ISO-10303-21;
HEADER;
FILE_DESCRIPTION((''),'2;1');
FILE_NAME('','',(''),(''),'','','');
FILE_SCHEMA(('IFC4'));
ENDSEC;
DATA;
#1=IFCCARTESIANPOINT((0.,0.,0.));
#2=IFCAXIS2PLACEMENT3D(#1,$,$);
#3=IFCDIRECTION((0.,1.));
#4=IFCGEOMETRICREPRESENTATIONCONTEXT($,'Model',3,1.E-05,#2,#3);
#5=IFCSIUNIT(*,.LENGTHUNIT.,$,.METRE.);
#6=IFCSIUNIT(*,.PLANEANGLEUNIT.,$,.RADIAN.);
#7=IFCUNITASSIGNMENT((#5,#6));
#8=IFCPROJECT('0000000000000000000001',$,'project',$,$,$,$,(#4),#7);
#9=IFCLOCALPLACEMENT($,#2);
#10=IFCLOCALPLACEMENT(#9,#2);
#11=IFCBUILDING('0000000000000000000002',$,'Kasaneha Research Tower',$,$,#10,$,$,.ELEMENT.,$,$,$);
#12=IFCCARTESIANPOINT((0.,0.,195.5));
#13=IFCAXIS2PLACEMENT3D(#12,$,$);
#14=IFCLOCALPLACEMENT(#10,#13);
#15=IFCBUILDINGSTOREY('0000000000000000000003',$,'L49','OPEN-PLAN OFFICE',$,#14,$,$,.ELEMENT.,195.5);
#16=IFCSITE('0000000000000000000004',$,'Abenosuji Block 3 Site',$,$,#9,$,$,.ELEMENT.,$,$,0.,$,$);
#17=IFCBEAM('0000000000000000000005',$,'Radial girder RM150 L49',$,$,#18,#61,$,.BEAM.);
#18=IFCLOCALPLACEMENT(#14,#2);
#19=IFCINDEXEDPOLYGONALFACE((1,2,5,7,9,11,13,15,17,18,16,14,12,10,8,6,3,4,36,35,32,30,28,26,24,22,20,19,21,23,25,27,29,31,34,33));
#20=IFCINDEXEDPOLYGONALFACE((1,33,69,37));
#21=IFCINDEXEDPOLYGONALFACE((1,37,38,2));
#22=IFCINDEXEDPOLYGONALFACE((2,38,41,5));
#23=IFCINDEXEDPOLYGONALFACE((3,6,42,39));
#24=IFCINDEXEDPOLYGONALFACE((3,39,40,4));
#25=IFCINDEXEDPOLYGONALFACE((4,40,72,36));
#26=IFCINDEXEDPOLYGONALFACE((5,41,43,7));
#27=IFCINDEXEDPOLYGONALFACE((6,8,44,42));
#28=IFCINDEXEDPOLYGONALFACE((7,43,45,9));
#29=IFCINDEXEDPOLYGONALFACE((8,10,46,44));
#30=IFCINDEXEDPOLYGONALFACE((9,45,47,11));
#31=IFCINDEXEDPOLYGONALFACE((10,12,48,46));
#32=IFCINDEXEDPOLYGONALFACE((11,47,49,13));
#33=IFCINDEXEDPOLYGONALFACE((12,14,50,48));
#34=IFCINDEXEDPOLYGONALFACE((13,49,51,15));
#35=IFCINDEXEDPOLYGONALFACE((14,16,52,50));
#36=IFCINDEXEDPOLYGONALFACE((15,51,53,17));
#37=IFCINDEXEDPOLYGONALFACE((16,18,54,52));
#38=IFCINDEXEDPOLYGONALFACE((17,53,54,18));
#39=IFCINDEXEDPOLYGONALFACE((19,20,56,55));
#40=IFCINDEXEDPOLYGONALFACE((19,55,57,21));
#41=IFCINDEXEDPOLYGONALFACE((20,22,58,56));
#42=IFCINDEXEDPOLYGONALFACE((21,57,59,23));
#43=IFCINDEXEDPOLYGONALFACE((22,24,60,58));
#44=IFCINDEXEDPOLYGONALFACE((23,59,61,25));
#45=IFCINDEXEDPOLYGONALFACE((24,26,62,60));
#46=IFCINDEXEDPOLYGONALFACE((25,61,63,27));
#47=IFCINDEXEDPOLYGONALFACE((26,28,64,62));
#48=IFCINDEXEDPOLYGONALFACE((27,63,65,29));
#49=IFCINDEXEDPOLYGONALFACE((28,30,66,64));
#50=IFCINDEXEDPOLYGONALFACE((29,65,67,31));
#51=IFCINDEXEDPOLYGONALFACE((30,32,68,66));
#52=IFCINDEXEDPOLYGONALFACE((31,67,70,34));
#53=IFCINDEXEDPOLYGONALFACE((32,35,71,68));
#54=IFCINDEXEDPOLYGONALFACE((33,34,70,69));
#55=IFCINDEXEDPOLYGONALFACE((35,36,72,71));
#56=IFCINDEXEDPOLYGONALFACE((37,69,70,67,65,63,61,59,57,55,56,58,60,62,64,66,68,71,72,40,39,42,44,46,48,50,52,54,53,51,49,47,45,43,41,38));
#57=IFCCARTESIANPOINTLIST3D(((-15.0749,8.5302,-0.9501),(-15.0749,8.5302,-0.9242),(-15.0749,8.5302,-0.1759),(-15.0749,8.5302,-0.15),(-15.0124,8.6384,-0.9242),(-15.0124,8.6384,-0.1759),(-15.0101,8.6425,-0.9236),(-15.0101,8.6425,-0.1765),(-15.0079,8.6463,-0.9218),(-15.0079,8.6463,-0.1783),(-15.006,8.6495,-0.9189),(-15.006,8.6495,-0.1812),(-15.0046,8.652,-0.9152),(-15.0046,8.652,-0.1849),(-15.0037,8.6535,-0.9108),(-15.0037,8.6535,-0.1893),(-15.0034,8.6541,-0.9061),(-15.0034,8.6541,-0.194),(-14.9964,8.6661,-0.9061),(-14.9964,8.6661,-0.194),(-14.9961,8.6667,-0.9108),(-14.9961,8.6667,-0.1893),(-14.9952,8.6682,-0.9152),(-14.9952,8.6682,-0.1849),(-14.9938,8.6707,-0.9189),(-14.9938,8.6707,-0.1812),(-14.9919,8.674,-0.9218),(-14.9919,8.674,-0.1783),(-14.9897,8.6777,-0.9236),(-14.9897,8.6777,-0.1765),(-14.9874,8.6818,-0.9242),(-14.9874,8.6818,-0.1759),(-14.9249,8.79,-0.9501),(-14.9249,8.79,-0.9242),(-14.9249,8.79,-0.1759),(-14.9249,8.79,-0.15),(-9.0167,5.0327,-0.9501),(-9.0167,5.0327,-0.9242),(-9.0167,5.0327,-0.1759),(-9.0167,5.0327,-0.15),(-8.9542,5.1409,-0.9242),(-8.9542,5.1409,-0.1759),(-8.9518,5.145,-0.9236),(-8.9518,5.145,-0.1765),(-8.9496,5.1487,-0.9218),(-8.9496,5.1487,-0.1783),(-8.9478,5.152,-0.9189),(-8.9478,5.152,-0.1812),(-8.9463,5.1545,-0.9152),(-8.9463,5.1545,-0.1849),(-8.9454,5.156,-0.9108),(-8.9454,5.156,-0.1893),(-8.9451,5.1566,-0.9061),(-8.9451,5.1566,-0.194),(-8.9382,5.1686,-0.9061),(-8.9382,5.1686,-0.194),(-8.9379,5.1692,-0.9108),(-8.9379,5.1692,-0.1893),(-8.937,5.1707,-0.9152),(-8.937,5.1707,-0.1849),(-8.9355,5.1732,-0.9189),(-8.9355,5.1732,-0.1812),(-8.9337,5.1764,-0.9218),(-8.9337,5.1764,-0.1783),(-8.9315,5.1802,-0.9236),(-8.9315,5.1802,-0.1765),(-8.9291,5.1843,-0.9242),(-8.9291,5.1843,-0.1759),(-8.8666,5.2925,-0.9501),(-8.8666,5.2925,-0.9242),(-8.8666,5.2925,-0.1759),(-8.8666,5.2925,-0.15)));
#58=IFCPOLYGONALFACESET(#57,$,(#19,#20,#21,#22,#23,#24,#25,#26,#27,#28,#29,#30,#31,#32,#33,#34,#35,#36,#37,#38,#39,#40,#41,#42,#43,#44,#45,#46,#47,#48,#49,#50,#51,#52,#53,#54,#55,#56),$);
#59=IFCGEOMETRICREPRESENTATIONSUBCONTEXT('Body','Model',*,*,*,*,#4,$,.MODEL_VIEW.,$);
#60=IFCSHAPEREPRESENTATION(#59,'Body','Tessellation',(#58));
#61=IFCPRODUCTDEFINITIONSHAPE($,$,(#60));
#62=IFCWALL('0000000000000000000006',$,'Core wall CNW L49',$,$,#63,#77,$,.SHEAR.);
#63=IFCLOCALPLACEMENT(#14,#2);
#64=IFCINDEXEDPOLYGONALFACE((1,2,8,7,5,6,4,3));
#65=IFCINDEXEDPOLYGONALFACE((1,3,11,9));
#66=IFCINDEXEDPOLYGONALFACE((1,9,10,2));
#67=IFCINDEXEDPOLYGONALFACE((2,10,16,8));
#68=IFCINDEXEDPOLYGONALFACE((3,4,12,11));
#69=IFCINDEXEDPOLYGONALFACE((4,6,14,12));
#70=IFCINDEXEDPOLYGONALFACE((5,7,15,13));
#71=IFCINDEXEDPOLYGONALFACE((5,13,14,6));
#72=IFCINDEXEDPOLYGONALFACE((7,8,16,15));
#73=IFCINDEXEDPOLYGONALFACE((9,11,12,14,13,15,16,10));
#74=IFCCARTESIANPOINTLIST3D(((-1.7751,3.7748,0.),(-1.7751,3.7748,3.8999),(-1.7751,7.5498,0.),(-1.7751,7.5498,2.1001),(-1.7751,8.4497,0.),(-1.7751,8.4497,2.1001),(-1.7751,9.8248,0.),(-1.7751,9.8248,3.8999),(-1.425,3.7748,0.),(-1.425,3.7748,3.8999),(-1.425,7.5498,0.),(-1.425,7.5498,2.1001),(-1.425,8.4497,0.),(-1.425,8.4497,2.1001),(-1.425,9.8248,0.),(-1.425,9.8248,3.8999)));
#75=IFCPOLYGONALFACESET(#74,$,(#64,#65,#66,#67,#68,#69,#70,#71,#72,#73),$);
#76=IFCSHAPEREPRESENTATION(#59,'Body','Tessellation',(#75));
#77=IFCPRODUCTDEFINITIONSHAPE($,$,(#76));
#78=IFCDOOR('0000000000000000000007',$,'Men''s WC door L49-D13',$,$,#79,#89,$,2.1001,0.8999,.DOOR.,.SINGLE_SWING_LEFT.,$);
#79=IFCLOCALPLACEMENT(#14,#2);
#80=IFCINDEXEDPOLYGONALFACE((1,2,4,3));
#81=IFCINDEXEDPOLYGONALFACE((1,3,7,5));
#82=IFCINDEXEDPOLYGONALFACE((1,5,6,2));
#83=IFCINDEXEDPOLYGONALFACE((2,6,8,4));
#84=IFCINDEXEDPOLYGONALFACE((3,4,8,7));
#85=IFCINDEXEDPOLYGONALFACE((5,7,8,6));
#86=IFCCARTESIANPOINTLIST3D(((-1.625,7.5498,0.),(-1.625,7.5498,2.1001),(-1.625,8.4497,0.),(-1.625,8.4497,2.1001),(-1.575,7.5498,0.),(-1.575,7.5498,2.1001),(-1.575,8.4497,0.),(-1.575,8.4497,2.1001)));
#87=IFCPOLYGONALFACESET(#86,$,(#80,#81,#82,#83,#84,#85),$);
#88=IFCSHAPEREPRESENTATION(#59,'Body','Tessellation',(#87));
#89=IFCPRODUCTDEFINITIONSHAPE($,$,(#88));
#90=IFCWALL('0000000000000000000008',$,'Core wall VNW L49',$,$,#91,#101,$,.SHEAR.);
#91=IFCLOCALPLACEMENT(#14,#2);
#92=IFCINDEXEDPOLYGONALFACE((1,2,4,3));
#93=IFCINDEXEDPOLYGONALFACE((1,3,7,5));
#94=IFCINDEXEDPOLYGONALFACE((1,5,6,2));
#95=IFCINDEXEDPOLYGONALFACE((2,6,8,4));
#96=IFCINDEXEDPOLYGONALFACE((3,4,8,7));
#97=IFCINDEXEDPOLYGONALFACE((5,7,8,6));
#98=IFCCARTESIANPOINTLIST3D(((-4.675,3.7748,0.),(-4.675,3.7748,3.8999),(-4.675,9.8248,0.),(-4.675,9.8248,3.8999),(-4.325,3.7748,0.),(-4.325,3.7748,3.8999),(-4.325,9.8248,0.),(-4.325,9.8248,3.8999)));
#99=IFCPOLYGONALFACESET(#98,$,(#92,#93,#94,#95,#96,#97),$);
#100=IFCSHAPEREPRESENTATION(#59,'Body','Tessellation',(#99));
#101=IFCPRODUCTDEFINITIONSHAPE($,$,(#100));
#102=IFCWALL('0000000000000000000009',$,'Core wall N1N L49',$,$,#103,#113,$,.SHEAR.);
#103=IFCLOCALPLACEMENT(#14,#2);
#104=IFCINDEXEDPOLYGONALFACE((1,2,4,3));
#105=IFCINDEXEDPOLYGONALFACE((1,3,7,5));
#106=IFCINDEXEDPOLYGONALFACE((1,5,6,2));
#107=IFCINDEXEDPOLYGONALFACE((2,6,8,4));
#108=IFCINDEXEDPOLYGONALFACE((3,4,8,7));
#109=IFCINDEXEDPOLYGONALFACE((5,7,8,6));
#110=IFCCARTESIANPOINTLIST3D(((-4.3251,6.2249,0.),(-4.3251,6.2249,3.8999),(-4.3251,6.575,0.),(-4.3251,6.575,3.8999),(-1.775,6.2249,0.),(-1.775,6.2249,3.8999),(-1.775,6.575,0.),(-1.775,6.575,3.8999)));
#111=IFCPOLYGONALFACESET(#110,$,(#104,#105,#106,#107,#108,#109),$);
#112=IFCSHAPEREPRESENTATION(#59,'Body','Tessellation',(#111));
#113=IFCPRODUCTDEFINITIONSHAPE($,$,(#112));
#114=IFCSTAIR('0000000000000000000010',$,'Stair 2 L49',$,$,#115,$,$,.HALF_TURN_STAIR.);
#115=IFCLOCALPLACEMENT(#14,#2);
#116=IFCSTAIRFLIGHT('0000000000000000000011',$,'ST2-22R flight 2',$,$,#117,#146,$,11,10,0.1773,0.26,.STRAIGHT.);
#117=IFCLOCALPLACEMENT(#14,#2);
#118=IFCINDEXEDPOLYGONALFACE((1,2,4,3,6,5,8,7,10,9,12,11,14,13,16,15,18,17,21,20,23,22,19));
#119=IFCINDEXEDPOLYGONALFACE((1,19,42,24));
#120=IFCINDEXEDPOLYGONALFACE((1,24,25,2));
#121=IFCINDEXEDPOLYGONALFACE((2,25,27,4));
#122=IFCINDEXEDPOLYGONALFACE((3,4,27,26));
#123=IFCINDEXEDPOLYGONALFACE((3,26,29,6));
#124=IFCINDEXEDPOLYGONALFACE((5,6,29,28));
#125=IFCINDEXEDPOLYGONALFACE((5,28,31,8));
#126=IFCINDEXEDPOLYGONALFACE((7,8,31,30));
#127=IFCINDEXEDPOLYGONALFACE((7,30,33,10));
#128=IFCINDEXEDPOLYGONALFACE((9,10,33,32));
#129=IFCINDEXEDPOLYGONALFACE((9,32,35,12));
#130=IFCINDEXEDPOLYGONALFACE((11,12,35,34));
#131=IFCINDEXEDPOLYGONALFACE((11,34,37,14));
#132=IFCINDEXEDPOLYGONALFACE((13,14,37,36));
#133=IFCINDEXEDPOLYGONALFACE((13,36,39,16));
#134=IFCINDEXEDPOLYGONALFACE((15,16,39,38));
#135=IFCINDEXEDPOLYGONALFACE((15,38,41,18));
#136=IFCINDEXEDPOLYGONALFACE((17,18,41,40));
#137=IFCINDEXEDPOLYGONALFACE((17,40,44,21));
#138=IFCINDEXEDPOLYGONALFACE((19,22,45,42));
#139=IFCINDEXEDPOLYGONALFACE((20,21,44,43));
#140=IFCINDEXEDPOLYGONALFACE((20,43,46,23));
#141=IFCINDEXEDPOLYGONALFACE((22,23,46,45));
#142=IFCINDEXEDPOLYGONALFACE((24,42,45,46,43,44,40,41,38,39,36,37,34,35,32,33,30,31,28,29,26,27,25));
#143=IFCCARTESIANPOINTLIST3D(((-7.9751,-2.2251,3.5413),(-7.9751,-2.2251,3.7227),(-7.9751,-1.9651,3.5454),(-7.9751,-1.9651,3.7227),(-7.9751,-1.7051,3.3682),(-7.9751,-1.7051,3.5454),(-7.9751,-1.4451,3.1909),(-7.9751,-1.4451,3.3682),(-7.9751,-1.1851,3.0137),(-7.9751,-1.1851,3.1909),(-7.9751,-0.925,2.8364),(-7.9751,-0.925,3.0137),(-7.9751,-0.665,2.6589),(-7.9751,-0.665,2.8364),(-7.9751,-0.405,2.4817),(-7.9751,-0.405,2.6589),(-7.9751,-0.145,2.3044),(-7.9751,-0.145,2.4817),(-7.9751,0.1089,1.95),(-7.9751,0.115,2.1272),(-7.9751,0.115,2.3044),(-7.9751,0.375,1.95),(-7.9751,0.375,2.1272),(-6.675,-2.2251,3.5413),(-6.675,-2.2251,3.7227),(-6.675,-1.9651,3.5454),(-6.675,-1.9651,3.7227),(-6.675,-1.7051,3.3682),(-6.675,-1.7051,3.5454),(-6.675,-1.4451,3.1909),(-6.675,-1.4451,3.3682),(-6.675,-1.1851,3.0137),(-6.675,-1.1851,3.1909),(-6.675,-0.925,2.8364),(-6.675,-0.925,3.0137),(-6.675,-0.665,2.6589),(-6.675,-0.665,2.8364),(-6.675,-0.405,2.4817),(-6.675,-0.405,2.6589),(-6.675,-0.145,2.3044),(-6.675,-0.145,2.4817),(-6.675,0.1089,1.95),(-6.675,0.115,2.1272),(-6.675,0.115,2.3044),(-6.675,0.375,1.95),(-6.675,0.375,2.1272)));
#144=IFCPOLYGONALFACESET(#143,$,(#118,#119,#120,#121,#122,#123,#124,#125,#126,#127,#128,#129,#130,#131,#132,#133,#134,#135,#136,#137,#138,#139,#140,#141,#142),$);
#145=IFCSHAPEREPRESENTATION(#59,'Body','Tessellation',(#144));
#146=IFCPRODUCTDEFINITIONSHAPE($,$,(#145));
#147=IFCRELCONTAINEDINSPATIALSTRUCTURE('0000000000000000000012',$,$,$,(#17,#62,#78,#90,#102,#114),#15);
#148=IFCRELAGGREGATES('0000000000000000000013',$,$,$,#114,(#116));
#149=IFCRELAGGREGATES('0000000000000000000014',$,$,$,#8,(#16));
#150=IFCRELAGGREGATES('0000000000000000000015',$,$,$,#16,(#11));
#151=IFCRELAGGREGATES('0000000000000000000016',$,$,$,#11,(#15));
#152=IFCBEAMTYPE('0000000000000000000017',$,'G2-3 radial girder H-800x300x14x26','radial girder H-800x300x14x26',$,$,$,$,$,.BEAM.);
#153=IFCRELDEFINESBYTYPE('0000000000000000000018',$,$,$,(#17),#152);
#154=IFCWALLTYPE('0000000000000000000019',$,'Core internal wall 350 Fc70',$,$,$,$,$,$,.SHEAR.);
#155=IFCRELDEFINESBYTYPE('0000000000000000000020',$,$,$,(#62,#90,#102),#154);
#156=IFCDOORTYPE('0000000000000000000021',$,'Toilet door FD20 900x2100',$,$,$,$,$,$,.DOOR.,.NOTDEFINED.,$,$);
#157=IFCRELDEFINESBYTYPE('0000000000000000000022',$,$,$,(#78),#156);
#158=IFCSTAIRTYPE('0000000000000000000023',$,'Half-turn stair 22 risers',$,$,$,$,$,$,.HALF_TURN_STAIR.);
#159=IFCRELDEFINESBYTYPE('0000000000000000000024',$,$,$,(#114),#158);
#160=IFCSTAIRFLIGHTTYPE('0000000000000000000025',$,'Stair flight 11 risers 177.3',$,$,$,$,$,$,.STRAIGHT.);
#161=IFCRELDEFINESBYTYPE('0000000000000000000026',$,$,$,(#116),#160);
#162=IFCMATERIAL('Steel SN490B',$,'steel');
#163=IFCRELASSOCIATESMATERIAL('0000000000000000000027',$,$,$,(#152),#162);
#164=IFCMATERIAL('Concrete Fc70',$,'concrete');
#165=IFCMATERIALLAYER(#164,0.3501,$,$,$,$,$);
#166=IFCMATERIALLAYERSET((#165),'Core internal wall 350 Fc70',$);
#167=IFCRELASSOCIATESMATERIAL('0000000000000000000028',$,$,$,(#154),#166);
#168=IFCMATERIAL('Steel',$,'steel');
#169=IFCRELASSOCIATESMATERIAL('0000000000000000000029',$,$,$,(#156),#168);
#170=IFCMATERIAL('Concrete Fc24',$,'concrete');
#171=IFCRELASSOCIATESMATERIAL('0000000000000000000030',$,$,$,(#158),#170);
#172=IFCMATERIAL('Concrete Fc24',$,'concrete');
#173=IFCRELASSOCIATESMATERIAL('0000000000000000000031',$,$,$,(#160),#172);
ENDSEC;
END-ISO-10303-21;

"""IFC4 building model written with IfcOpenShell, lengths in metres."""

from ifc_helpers import new_model, si_unit, direction, frame, frame_2d, origin, origin_2d, place, context, subcontext, project, spatial, polyline, rectangle, i_section, outline, extrude, material, layer, layer_set, material_profile, profile_set, type_object, element, fill, aggregate, save


model = new_model("IFC4")

# Units and contexts
model_context = context("Model", 3, precision=1e-05, world=origin(), true_north=direction((0.0, 1.0)))
body_context = subcontext(model_context, "Body", "Model", "MODEL_VIEW")
ifc_project = project(units=[si_unit("LENGTHUNIT", "METRE"), si_unit("PLANEANGLEUNIT", "RADIAN")], contexts=[model_context])

# Site, building, storey
site_placement = place(None, origin())
site = spatial("IfcSite", under=ifc_project, at=site_placement, Name="Abenosuji Block 3 Site", CompositionType="ELEMENT", RefElevation=0.0)
building_placement = place(site_placement, origin())
building = spatial("IfcBuilding", under=site, at=building_placement, Name="Kasaneha Research Tower", CompositionType="ELEMENT")
storey_placement = place(building_placement, frame((0.0, 0.0, 195.5)))
storey = spatial("IfcBuildingStorey", under=building, at=storey_placement, Name="L49", Description="OPEN-PLAN OFFICE", CompositionType="ELEMENT", Elevation=195.5)

# Beam
ifc_material_1 = material(Name="Steel SN490B", Category="steel")
ifc_material_profile = material_profile(ifc_material_1, i_section(OverallWidth=0.3, OverallDepth=0.8, WebThickness=0.0139, FlangeThickness=0.0259, FilletRadius=0.0181, at=origin_2d()), Name="H-800x300x14x26")
ifc_profile_set = profile_set([ifc_material_profile], Name="Steel SN490B")
beam_type = type_object("IfcBeamType", Name="G2-3 radial girder H-800x300x14x26", Description="radial girder H-800x300x14x26", PredefinedType="BEAM", material=ifc_profile_set)
beam_placement = place(storey_placement, frame((-8.9417, 5.1626, -0.55), z_axis=(-0.86604, 0.499975, 0.0), x_axis=(-0.499975, -0.86604, 0.0)))
element("IfcBeam", 1, at=beam_placement, inside=storey, type_object=beam_type, Name="Radial girder RM150 L49", PredefinedType="BEAM", context=body_context, shape_type="SweptSolid", body=[
    extrude(i_section(OverallWidth=0.3, OverallDepth=0.8, WebThickness=0.0139, FlangeThickness=0.0259, FilletRadius=0.0181, at=origin_2d()), origin(), (0.0, 0.0, 1.0), 6.9954),
])

# Shared definitions
ifc_material_2 = material(Name="Concrete Fc70", Category="concrete")
ifc_layer_1 = layer(ifc_material_2, 0.3501)
ifc_layer_set_1 = layer_set([ifc_layer_1], Name="Core internal wall 350 Fc70")
wall_type = type_object("IfcWallType", Name="Core internal wall 350 Fc70", PredefinedType="SHEAR", material=ifc_layer_set_1)

# Wall, opening, door
wall_1_placement = place(storey_placement, frame((-1.6001, 3.7749, 0.0), z_axis=(0.0, 0.0, 1.0), x_axis=(0.0, 1.0, 0.0)))
wall_1 = element("IfcWall", 2, at=wall_1_placement, inside=storey, type_object=wall_type, Name="Core wall CNW L49", PredefinedType="SHEAR", context=body_context, shape_type="SweptSolid", body=[
    extrude(rectangle(XDim=6.05, YDim=0.3501, at=frame_2d((3.0249, 0.0))), origin(), (0.0, 0.0, 1.0), 3.8999),
])
opening_1_placement = place(wall_1_placement, frame((3.7749, 0.0, 0.0)))
opening_1 = element("IfcOpeningElement", 3, at=opening_1_placement, cuts=wall_1, PredefinedType="OPENING", context=body_context, shape_type="SweptSolid", body=[
    extrude(rectangle(XDim=0.8999, YDim=2.1001, at=frame_2d((0.45, 1.05))), frame((0.0, 0.1851, 0.0), z_axis=(0.0, -1.0, 0.0), x_axis=(1.0, 0.0, 0.0)), (0.0, 0.0, 1.0), 0.3701),
])
ifc_material_3 = material(Name="Steel", Category="steel")
door_type_1 = type_object("IfcDoorType", Name="Toilet door FD20 900x2100", OperationType="NOTDEFINED", PredefinedType="DOOR", material=ifc_material_3)
door_1_placement = place(opening_1_placement, origin())
door_1 = element("IfcDoor", 4, at=door_1_placement, inside=storey, type_object=door_type_1, Name="Men's WC door L49-D13", OperationType="SINGLE_SWING_LEFT", OverallHeight=2.1001, OverallWidth=0.8999, PredefinedType="DOOR", context=body_context, shape_type="SweptSolid", body=[
    extrude(rectangle(XDim=0.8999, YDim=2.1001, at=frame_2d((0.45, 1.05))), frame((0.0, 0.0249, 0.0), z_axis=(0.0, -1.0, 0.0), x_axis=(1.0, 0.0, 0.0)), (0.0, 0.0, 1.0), 0.05),
])
fill(opening_1, door_1)

# Walls
wall_2_placement = place(storey_placement, frame((-4.5, 3.7749, 0.0), z_axis=(0.0, 0.0, 1.0), x_axis=(0.0, 1.0, 0.0)))
element("IfcWall", 5, at=wall_2_placement, inside=storey, type_object=wall_type, Name="Core wall VNW L49", PredefinedType="SHEAR", context=body_context, shape_type="SweptSolid", body=[
    extrude(rectangle(XDim=6.05, YDim=0.3501, at=frame_2d((3.0249, 0.0))), origin(), (0.0, 0.0, 1.0), 3.8999),
])
wall_3_placement = place(storey_placement, frame((-4.325, 6.3999, 0.0), z_axis=(0.0, 0.0, 1.0), x_axis=(1.0, 0.0, 0.0)))
element("IfcWall", 6, at=wall_3_placement, inside=storey, type_object=wall_type, Name="Core wall N1N L49", PredefinedType="SHEAR", context=body_context, shape_type="SweptSolid", body=[
    extrude(rectangle(XDim=2.55, YDim=0.3501, at=frame_2d((1.2749, 0.0))), origin(), (0.0, 0.0, 1.0), 3.8999),
])

# Stair, stair flight
ifc_material_4 = material(Name="Concrete Fc24", Category="concrete")
stair_type = type_object("IfcStairType", Name="Half-turn stair 22 risers", PredefinedType="HALF_TURN_STAIR", material=ifc_material_4)
stair_placement = place(storey_placement, origin())
stair = element("IfcStair", 7, at=stair_placement, inside=storey, type_object=stair_type, Name="Stair 2 L49", PredefinedType="HALF_TURN_STAIR")
ifc_material_5 = material(Name="Concrete Fc24", Category="concrete")
stair_flight_type = type_object("IfcStairFlightType", Name="Stair flight 11 risers 177.3", PredefinedType="STRAIGHT", material=ifc_material_5)
stair_flight_placement = place(storey_placement, frame((-7.325, 0.375, 1.95), z_axis=(0.0, 0.0, 1.0), x_axis=(0.0, -1.0, 0.0)))
stair_flight = element("IfcStairFlight", 8, at=stair_flight_placement, type_object=stair_flight_type, Name="ST2-22R flight 2", NumberOfRisers=11, NumberOfTreads=10, PredefinedType="STRAIGHT", RiserHeight=0.1773, TreadLength=0.26, context=body_context, shape_type="SweptSolid", body=[
    extrude(outline(polyline([(0.0, 0.0), (0.0, 0.1772), (0.26, 0.1772), (0.26, 0.3545), (0.52, 0.3545), (0.52, 0.5317), (0.78, 0.5317), (0.78, 0.709), (1.04, 0.709), (1.04, 0.8865), (1.3, 0.8865), (1.3, 1.0637), (1.5601, 1.0637), (1.5601, 1.241), (1.8201, 1.241), (1.8201, 1.4182), (2.0801, 1.4182), (2.0801, 1.5955), (2.3401, 1.5955), (2.3401, 1.7727), (2.6001, 1.7727), (2.6001, 1.95), (2.6001, 1.5913), (0.2661, 0.0), (0.0, 0.0)])), frame((0.0, 0.6499, 0.0), z_axis=(0.0, -1.0, 0.0), x_axis=(1.0, 0.0, 0.0)), (0.0, 0.0, 1.0), 1.3),
])
aggregate(stair, [stair_flight])

save(model, "model.ifc")
